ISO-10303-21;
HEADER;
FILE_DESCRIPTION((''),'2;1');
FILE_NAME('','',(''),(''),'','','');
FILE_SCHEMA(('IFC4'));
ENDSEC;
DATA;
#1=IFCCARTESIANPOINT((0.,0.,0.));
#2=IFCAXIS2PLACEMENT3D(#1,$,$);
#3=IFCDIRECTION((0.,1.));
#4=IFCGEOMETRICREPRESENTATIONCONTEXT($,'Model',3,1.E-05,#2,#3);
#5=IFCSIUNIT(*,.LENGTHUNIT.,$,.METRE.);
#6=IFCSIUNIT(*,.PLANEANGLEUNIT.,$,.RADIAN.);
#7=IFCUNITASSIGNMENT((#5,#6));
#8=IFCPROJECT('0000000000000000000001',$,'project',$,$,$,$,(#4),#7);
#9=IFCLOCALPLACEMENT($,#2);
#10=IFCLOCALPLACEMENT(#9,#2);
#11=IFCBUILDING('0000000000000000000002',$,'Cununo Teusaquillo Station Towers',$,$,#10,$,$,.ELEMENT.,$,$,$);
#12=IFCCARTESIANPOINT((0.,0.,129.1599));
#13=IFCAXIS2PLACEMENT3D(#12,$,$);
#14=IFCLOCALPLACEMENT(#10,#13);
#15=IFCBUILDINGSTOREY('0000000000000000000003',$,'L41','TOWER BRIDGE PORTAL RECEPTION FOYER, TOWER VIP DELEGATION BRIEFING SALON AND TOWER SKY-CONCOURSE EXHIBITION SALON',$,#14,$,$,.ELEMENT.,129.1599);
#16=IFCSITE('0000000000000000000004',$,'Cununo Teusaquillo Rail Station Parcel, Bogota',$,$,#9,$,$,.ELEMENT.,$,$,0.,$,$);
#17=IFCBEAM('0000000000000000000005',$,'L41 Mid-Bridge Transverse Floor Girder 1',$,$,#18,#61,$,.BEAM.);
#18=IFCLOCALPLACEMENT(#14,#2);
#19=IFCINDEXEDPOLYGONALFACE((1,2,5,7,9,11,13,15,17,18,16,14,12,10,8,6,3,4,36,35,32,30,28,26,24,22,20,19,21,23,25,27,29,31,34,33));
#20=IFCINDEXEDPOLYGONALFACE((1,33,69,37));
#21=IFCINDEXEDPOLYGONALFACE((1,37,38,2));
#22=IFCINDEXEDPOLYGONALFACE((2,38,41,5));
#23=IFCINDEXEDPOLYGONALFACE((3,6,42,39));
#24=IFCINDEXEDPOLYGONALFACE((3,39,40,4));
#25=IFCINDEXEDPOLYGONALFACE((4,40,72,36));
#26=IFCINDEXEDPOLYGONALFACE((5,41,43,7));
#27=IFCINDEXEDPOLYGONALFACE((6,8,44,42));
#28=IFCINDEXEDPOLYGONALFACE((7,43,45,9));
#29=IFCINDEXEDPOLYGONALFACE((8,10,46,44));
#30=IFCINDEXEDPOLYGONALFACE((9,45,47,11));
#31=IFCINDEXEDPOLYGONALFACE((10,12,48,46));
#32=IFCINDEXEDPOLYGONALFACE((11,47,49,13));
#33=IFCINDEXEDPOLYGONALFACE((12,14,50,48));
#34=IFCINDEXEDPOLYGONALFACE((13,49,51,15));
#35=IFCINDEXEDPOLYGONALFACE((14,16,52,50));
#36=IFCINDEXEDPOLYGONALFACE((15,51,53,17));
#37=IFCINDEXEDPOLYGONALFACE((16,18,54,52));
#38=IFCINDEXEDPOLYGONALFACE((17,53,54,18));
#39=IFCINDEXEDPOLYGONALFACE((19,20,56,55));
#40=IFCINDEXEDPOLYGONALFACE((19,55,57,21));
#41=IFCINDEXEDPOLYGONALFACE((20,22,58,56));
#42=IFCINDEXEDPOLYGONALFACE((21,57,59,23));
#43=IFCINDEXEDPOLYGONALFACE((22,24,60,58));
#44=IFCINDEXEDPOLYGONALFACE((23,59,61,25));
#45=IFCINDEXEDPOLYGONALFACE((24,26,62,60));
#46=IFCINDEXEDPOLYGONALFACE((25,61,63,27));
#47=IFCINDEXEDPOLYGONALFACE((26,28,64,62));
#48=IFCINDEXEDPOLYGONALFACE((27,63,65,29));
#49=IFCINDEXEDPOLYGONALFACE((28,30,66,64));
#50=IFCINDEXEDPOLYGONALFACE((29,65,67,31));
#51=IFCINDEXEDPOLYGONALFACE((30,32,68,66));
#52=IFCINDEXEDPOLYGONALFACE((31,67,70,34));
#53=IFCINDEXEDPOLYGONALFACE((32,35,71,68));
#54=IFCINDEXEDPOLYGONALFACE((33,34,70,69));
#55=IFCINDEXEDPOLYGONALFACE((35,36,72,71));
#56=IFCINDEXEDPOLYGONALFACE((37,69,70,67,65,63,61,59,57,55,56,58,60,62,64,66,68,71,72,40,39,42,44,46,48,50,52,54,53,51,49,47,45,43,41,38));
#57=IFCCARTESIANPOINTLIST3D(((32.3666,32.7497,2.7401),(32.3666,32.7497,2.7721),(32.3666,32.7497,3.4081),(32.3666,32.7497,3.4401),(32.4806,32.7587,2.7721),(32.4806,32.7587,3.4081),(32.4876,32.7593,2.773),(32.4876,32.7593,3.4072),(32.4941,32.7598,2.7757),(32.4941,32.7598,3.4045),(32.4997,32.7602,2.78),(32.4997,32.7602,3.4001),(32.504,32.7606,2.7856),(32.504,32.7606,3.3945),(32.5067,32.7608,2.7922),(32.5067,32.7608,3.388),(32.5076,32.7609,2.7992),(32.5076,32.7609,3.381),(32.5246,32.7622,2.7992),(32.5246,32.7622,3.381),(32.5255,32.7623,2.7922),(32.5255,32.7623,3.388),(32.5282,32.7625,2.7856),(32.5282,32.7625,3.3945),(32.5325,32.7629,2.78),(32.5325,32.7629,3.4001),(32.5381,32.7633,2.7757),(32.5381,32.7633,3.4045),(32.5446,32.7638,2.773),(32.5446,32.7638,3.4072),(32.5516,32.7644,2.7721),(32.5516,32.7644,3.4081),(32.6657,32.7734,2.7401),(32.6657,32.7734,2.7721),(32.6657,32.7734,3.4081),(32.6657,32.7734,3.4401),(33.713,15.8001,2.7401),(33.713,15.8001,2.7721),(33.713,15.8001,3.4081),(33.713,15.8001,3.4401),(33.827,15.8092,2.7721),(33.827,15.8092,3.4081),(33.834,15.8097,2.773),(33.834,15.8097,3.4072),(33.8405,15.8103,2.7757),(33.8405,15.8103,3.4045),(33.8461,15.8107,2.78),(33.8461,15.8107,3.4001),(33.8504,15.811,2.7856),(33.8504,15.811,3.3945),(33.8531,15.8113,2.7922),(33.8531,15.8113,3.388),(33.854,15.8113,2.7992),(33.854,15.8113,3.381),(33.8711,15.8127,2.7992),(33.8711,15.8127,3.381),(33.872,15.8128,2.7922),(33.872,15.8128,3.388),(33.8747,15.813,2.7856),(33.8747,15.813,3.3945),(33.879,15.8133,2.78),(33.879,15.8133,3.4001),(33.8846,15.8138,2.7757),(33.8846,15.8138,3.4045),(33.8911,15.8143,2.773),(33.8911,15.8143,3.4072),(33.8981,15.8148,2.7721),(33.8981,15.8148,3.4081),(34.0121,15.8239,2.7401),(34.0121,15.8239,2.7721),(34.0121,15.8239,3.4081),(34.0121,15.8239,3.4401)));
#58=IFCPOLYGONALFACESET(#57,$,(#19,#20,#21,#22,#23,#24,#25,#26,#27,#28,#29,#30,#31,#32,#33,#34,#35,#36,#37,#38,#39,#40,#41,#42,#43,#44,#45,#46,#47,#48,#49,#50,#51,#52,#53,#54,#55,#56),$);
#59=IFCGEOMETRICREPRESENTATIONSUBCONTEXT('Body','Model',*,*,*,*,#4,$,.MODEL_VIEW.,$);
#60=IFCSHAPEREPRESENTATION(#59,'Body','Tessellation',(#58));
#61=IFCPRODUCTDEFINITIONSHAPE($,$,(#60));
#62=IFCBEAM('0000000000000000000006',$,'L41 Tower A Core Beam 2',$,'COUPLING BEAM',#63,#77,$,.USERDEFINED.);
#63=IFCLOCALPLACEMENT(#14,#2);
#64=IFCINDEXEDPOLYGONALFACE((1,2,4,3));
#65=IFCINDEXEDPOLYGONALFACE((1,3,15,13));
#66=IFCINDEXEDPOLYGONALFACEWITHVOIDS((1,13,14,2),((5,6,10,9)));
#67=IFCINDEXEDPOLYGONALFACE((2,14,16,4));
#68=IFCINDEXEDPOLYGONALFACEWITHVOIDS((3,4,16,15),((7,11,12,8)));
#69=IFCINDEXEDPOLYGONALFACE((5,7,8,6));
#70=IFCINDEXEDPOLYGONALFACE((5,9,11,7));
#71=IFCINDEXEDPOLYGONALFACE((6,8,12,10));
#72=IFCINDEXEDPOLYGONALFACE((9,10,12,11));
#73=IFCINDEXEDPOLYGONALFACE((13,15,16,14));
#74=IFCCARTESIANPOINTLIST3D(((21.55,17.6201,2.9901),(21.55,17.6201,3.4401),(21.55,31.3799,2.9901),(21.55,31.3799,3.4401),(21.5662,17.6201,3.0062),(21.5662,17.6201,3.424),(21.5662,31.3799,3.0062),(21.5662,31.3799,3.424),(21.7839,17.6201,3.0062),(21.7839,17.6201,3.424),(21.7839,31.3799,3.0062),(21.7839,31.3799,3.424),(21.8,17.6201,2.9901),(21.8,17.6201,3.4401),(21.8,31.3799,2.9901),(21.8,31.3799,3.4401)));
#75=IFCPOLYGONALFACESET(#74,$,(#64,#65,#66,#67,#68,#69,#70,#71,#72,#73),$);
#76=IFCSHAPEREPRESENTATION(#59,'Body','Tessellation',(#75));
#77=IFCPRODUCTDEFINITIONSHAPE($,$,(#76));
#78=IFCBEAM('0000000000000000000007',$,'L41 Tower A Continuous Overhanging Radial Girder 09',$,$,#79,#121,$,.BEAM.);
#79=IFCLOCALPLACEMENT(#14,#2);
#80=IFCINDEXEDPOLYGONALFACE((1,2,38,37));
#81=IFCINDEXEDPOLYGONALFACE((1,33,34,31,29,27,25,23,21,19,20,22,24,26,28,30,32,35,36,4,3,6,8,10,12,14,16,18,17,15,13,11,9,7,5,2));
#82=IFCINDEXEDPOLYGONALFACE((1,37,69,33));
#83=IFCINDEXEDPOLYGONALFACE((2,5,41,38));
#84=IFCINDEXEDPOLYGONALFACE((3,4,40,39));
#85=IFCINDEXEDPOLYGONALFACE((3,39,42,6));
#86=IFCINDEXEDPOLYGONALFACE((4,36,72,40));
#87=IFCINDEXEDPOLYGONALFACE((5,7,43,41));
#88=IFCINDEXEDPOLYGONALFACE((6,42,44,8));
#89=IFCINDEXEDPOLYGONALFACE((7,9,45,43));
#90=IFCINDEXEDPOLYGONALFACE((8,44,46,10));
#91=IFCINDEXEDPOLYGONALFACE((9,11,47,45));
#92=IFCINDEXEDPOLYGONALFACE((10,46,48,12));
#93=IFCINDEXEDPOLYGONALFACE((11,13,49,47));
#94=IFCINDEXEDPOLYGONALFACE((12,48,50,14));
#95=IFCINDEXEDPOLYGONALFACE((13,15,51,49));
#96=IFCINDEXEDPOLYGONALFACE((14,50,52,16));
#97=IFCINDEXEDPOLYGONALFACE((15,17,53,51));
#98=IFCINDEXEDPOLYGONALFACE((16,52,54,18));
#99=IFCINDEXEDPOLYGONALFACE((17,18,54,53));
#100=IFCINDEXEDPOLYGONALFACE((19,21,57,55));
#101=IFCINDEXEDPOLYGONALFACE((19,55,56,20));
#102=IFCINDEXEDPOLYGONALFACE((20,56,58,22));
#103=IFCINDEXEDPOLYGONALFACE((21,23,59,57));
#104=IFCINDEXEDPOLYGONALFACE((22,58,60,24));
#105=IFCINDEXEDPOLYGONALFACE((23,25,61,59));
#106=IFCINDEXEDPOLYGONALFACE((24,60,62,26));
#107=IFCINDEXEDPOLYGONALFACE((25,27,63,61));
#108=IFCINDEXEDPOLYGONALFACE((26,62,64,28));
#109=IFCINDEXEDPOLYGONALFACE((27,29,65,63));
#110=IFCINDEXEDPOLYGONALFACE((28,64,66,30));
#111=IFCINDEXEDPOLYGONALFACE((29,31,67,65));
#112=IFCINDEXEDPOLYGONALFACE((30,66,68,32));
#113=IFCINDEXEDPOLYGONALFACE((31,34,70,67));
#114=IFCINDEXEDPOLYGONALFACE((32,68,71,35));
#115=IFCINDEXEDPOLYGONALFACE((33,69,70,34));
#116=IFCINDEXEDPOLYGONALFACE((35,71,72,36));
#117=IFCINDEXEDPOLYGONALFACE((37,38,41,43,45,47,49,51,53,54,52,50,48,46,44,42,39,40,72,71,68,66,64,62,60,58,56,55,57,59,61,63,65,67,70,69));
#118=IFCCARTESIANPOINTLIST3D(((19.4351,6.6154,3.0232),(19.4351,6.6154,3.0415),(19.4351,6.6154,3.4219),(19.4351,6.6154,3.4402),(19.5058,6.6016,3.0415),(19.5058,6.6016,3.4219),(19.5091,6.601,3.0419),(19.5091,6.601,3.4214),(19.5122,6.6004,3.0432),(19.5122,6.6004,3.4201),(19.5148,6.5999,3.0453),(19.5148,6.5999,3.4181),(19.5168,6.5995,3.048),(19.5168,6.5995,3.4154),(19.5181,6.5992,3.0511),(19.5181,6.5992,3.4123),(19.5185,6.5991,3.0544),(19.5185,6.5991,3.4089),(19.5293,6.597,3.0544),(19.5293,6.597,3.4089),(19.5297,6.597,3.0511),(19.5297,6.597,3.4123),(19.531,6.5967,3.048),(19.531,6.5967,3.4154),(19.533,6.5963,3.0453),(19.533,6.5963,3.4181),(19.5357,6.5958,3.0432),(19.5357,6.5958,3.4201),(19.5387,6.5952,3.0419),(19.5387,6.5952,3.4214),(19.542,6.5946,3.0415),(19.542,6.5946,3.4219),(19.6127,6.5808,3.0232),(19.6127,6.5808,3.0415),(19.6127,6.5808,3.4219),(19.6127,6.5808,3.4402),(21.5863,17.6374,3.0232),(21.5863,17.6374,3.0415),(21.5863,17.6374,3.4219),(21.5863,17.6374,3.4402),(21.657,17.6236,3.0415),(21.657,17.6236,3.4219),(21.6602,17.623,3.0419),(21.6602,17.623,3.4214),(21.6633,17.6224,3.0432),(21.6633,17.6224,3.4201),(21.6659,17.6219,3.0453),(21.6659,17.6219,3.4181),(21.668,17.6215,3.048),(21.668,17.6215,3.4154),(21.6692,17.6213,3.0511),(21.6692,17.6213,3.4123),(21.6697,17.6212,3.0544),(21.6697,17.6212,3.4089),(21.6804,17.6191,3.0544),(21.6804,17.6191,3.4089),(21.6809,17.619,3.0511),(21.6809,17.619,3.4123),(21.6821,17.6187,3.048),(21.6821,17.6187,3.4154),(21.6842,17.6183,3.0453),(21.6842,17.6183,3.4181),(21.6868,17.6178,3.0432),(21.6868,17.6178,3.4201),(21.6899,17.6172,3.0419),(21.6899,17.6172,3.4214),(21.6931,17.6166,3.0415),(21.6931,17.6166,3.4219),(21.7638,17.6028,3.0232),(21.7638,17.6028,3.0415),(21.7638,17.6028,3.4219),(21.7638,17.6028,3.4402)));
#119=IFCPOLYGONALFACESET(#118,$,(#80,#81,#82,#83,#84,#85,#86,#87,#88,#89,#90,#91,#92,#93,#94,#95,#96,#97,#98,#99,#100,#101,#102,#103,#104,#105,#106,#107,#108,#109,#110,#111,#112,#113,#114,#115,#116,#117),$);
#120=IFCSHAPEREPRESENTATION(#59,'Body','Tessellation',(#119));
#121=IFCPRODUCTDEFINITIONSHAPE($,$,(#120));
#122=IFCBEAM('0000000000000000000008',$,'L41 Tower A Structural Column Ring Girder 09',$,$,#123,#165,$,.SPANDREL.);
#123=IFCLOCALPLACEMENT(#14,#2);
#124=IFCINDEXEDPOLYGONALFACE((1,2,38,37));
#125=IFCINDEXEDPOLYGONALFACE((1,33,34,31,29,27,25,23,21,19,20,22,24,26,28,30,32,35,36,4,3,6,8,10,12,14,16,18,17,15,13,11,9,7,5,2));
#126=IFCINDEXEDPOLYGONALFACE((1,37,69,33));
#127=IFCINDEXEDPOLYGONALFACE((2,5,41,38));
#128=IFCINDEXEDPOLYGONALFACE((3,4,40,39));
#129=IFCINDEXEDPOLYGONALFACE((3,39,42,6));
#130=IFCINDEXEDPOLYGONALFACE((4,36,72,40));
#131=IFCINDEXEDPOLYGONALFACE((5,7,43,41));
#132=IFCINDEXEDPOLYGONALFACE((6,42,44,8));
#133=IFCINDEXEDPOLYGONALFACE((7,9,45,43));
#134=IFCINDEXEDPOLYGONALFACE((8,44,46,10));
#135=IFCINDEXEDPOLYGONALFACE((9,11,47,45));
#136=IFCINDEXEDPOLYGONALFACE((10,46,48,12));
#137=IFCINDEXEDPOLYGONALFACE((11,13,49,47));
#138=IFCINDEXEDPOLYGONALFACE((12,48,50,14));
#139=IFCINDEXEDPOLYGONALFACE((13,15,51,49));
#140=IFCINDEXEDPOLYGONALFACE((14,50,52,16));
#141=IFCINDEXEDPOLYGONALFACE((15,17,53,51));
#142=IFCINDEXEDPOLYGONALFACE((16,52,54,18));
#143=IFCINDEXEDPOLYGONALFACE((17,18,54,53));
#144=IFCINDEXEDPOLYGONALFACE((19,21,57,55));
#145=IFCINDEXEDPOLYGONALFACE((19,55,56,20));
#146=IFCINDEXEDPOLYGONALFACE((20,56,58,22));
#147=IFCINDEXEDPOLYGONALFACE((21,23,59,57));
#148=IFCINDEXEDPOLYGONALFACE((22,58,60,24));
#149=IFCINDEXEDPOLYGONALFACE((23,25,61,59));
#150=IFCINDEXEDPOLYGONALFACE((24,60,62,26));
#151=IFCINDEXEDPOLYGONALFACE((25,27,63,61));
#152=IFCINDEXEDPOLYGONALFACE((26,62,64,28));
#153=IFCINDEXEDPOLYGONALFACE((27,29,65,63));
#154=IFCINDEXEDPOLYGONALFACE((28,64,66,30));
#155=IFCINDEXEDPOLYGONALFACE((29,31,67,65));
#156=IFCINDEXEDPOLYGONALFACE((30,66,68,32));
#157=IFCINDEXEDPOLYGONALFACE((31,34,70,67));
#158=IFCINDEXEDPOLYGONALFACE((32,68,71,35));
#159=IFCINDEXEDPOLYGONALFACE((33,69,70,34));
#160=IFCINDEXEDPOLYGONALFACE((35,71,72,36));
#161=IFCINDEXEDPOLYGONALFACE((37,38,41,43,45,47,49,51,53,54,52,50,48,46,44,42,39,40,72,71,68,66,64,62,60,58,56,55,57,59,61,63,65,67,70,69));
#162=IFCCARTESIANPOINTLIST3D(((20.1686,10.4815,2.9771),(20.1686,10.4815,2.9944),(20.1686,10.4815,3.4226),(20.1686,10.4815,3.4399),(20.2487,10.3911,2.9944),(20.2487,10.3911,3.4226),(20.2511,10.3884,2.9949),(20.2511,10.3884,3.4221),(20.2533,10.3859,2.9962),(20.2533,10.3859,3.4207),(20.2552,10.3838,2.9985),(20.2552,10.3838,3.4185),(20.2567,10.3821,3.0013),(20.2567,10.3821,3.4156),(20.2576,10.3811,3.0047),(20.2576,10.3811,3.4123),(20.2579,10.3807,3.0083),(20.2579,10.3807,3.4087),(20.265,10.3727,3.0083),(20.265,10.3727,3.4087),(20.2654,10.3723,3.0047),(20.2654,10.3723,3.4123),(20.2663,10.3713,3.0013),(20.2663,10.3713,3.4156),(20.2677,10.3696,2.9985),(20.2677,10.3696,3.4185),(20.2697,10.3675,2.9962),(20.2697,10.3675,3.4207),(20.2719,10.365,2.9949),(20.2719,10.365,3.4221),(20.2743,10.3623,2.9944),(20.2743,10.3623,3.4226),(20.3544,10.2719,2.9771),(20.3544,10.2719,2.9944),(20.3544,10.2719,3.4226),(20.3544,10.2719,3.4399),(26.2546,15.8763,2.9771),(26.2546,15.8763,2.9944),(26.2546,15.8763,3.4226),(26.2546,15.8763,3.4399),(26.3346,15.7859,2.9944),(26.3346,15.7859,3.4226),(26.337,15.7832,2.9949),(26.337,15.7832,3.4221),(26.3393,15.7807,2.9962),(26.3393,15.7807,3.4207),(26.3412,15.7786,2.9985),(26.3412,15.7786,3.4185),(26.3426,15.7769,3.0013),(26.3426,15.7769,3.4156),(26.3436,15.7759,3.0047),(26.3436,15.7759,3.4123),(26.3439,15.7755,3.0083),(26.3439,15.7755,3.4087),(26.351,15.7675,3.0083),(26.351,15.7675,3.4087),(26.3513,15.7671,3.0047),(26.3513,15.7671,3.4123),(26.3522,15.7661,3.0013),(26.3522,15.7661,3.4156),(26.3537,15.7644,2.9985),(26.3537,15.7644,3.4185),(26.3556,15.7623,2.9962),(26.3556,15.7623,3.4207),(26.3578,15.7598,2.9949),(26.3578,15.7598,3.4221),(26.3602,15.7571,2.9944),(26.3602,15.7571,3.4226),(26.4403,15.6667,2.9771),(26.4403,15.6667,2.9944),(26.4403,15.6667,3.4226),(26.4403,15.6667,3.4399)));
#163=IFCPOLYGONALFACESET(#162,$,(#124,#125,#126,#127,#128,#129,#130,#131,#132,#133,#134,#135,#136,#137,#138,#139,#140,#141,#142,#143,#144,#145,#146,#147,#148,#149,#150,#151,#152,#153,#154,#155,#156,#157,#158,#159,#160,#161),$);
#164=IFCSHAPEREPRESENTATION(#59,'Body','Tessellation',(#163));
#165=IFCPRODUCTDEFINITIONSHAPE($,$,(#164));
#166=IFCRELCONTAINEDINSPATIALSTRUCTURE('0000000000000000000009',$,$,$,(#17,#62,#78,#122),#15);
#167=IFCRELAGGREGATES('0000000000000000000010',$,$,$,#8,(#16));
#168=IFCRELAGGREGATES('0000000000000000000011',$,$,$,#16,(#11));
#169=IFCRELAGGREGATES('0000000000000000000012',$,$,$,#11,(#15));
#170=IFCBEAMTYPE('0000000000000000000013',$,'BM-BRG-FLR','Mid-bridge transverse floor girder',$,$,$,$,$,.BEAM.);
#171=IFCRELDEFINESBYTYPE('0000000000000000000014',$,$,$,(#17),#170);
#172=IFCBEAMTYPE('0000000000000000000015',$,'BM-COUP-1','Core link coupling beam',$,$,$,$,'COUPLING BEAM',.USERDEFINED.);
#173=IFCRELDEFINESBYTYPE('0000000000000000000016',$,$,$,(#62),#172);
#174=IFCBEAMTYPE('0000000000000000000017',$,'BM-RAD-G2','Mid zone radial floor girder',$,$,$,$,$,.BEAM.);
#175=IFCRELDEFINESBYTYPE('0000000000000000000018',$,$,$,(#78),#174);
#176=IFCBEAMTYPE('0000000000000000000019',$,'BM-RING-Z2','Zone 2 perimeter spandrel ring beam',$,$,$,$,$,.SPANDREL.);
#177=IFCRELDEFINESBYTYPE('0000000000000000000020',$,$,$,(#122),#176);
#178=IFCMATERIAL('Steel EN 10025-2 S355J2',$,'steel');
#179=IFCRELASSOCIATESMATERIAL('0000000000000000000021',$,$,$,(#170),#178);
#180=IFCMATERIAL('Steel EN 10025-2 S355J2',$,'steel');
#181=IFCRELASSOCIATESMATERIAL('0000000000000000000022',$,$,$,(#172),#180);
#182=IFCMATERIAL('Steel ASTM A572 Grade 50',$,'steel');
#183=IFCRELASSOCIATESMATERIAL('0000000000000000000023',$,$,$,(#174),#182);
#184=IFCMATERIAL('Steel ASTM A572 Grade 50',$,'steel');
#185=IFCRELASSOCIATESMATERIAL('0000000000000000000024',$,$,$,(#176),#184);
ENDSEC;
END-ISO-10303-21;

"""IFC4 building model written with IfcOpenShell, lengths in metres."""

from ifc_helpers import new_model, si_unit, direction, frame, origin, origin_2d, place, context, subcontext, project, spatial, hollow_rectangle, i_section, extrude, material, material_profile, profile_set, type_object, element, save


model = new_model("IFC4")

# Units and contexts
model_context = context("Model", 3, precision=1e-05, world=origin(), true_north=direction((0.0, 1.0)))
body_context = subcontext(model_context, "Body", "Model", "MODEL_VIEW")
ifc_project = project(units=[si_unit("LENGTHUNIT", "METRE"), si_unit("PLANEANGLEUNIT", "RADIAN")], contexts=[model_context])

# Site, building, storey
site_placement = place(None, origin())
site = spatial("IfcSite", under=ifc_project, at=site_placement, Name="Cununo Teusaquillo Rail Station Parcel, Bogota", CompositionType="ELEMENT", RefElevation=0.0)
building_placement = place(site_placement, origin())
building = spatial("IfcBuilding", under=site, at=building_placement, Name="Cununo Teusaquillo Station Towers", CompositionType="ELEMENT")
storey_placement = place(building_placement, frame((0.0, 0.0, 129.1599)))
storey = spatial("IfcBuildingStorey", under=building, at=storey_placement, Name="L41", Description="TOWER BRIDGE PORTAL RECEPTION FOYER, TOWER VIP DELEGATION BRIEFING SALON AND TOWER SKY-CONCOURSE EXHIBITION SALON", CompositionType="ELEMENT", Elevation=129.1599)

# Beams
ifc_material_1 = material(Name="Steel EN 10025-2 S355J2", Category="steel")
ifc_material_profile_1 = material_profile(ifc_material_1, i_section(OverallWidth=0.3, OverallDepth=0.7, WebThickness=0.0171, FlangeThickness=0.032, FilletRadius=0.0271, at=origin_2d()), Name="HEB 700")
ifc_profile_set_1 = profile_set([ifc_material_profile_1], Name="Steel EN 10025-2 S355J2")
beam_type_1 = type_object("IfcBeamType", Name="BM-BRG-FLR", Description="Mid-bridge transverse floor girder", PredefinedType="BEAM", material=ifc_profile_set_1)
beam_1_placement = place(storey_placement, frame((33.8625, 15.812, 3.0901), z_axis=(-0.079189, 0.99686, 0.0), x_axis=(-0.99686, -0.079189, 0.0)))
element("IfcBeam", 1, at=beam_1_placement, inside=storey, type_object=beam_type_1, Name="L41 Mid-Bridge Transverse Floor Girder 1", PredefinedType="BEAM", context=body_context, shape_type="SweptSolid", body=[
    extrude(i_section(OverallWidth=0.3, OverallDepth=0.7, WebThickness=0.0171, FlangeThickness=0.032, FilletRadius=0.0271, at=origin_2d()), origin(), (0.0, 0.0, 1.0), 17.0029),
])
ifc_material_2 = material(Name="Steel EN 10025-2 S355J2", Category="steel")
ifc_material_profile_2 = material_profile(ifc_material_2, hollow_rectangle(XDim=0.25, YDim=0.45, WallThickness=0.0161, at=origin_2d()), Name="RHS 450x250x16")
ifc_profile_set_2 = profile_set([ifc_material_profile_2], Name="Steel EN 10025-2 S355J2")
beam_type_2 = type_object("IfcBeamType", Name="BM-COUP-1", Description="Core link coupling beam", ElementType="COUPLING BEAM", PredefinedType="USERDEFINED", material=ifc_profile_set_2)
beam_2_placement = place(storey_placement, frame((21.675, 17.6201, 3.2151), z_axis=(0.0, 1.0, 0.0), x_axis=(-1.0, 0.0, 0.0)))
element("IfcBeam", 2, at=beam_2_placement, inside=storey, type_object=beam_type_2, Name="L41 Tower A Core Beam 2", ObjectType="COUPLING BEAM", PredefinedType="USERDEFINED", context=body_context, shape_type="SweptSolid", body=[
    extrude(hollow_rectangle(XDim=0.25, YDim=0.45, WallThickness=0.0161, at=origin_2d()), origin(), (0.0, 0.0, 1.0), 13.7598),
])
ifc_material_3 = material(Name="Steel ASTM A572 Grade 50", Category="steel")
ifc_material_profile_3 = material_profile(ifc_material_3, i_section(OverallWidth=0.1809, OverallDepth=0.417, WebThickness=0.011, FlangeThickness=0.0183, FilletRadius=0.0129, at=origin_2d()), Name="W16X57")
ifc_profile_set_3 = profile_set([ifc_material_profile_3], Name="Steel ASTM A572 Grade 50")
beam_type_3 = type_object("IfcBeamType", Name="BM-RAD-G2", Description="Mid zone radial floor girder", PredefinedType="BEAM", material=ifc_profile_set_3)
beam_3_placement = place(storey_placement, frame((21.675, 17.6201, 3.2317), z_axis=(-0.191553, -0.981482, 0.0), x_axis=(0.981482, -0.191553, 0.0)))
element("IfcBeam", 3, at=beam_3_placement, inside=storey, type_object=beam_type_3, Name="L41 Tower A Continuous Overhanging Radial Girder 09", PredefinedType="BEAM", context=body_context, shape_type="SweptSolid", body=[
    extrude(i_section(OverallWidth=0.1809, OverallDepth=0.417, WebThickness=0.011, FlangeThickness=0.0183, FilletRadius=0.0129, at=origin_2d()), origin(), (0.0, 0.0, 1.0), 11.23),
])
ifc_material_4 = material(Name="Steel ASTM A572 Grade 50", Category="steel")
ifc_material_profile_4 = material_profile(ifc_material_4, i_section(OverallWidth=0.28, OverallDepth=0.4629, WebThickness=0.0107, FlangeThickness=0.0173, FilletRadius=0.0139, at=origin_2d()), Name="W18X76")
ifc_profile_set_4 = profile_set([ifc_material_profile_4], Name="Steel ASTM A572 Grade 50")
beam_type_4 = type_object("IfcBeamType", Name="BM-RING-Z2", Description="Zone 2 perimeter spandrel ring beam", PredefinedType="SPANDREL", material=ifc_profile_set_4)
beam_4_placement = place(storey_placement, frame((20.2615, 10.3767, 3.2085), z_axis=(0.748321, 0.663337, 0.0), x_axis=(-0.663337, 0.748321, 0.0)))
element("IfcBeam", 4, at=beam_4_placement, inside=storey, type_object=beam_type_4, Name="L41 Tower A Structural Column Ring Girder 09", PredefinedType="SPANDREL", context=body_context, shape_type="SweptSolid", body=[
    extrude(i_section(OverallWidth=0.28, OverallDepth=0.4629, WebThickness=0.0107, FlangeThickness=0.0173, FilletRadius=0.0139, at=origin_2d()), origin(), (0.0, 0.0, 1.0), 8.1328),
])

save(model, "model.ifc")
